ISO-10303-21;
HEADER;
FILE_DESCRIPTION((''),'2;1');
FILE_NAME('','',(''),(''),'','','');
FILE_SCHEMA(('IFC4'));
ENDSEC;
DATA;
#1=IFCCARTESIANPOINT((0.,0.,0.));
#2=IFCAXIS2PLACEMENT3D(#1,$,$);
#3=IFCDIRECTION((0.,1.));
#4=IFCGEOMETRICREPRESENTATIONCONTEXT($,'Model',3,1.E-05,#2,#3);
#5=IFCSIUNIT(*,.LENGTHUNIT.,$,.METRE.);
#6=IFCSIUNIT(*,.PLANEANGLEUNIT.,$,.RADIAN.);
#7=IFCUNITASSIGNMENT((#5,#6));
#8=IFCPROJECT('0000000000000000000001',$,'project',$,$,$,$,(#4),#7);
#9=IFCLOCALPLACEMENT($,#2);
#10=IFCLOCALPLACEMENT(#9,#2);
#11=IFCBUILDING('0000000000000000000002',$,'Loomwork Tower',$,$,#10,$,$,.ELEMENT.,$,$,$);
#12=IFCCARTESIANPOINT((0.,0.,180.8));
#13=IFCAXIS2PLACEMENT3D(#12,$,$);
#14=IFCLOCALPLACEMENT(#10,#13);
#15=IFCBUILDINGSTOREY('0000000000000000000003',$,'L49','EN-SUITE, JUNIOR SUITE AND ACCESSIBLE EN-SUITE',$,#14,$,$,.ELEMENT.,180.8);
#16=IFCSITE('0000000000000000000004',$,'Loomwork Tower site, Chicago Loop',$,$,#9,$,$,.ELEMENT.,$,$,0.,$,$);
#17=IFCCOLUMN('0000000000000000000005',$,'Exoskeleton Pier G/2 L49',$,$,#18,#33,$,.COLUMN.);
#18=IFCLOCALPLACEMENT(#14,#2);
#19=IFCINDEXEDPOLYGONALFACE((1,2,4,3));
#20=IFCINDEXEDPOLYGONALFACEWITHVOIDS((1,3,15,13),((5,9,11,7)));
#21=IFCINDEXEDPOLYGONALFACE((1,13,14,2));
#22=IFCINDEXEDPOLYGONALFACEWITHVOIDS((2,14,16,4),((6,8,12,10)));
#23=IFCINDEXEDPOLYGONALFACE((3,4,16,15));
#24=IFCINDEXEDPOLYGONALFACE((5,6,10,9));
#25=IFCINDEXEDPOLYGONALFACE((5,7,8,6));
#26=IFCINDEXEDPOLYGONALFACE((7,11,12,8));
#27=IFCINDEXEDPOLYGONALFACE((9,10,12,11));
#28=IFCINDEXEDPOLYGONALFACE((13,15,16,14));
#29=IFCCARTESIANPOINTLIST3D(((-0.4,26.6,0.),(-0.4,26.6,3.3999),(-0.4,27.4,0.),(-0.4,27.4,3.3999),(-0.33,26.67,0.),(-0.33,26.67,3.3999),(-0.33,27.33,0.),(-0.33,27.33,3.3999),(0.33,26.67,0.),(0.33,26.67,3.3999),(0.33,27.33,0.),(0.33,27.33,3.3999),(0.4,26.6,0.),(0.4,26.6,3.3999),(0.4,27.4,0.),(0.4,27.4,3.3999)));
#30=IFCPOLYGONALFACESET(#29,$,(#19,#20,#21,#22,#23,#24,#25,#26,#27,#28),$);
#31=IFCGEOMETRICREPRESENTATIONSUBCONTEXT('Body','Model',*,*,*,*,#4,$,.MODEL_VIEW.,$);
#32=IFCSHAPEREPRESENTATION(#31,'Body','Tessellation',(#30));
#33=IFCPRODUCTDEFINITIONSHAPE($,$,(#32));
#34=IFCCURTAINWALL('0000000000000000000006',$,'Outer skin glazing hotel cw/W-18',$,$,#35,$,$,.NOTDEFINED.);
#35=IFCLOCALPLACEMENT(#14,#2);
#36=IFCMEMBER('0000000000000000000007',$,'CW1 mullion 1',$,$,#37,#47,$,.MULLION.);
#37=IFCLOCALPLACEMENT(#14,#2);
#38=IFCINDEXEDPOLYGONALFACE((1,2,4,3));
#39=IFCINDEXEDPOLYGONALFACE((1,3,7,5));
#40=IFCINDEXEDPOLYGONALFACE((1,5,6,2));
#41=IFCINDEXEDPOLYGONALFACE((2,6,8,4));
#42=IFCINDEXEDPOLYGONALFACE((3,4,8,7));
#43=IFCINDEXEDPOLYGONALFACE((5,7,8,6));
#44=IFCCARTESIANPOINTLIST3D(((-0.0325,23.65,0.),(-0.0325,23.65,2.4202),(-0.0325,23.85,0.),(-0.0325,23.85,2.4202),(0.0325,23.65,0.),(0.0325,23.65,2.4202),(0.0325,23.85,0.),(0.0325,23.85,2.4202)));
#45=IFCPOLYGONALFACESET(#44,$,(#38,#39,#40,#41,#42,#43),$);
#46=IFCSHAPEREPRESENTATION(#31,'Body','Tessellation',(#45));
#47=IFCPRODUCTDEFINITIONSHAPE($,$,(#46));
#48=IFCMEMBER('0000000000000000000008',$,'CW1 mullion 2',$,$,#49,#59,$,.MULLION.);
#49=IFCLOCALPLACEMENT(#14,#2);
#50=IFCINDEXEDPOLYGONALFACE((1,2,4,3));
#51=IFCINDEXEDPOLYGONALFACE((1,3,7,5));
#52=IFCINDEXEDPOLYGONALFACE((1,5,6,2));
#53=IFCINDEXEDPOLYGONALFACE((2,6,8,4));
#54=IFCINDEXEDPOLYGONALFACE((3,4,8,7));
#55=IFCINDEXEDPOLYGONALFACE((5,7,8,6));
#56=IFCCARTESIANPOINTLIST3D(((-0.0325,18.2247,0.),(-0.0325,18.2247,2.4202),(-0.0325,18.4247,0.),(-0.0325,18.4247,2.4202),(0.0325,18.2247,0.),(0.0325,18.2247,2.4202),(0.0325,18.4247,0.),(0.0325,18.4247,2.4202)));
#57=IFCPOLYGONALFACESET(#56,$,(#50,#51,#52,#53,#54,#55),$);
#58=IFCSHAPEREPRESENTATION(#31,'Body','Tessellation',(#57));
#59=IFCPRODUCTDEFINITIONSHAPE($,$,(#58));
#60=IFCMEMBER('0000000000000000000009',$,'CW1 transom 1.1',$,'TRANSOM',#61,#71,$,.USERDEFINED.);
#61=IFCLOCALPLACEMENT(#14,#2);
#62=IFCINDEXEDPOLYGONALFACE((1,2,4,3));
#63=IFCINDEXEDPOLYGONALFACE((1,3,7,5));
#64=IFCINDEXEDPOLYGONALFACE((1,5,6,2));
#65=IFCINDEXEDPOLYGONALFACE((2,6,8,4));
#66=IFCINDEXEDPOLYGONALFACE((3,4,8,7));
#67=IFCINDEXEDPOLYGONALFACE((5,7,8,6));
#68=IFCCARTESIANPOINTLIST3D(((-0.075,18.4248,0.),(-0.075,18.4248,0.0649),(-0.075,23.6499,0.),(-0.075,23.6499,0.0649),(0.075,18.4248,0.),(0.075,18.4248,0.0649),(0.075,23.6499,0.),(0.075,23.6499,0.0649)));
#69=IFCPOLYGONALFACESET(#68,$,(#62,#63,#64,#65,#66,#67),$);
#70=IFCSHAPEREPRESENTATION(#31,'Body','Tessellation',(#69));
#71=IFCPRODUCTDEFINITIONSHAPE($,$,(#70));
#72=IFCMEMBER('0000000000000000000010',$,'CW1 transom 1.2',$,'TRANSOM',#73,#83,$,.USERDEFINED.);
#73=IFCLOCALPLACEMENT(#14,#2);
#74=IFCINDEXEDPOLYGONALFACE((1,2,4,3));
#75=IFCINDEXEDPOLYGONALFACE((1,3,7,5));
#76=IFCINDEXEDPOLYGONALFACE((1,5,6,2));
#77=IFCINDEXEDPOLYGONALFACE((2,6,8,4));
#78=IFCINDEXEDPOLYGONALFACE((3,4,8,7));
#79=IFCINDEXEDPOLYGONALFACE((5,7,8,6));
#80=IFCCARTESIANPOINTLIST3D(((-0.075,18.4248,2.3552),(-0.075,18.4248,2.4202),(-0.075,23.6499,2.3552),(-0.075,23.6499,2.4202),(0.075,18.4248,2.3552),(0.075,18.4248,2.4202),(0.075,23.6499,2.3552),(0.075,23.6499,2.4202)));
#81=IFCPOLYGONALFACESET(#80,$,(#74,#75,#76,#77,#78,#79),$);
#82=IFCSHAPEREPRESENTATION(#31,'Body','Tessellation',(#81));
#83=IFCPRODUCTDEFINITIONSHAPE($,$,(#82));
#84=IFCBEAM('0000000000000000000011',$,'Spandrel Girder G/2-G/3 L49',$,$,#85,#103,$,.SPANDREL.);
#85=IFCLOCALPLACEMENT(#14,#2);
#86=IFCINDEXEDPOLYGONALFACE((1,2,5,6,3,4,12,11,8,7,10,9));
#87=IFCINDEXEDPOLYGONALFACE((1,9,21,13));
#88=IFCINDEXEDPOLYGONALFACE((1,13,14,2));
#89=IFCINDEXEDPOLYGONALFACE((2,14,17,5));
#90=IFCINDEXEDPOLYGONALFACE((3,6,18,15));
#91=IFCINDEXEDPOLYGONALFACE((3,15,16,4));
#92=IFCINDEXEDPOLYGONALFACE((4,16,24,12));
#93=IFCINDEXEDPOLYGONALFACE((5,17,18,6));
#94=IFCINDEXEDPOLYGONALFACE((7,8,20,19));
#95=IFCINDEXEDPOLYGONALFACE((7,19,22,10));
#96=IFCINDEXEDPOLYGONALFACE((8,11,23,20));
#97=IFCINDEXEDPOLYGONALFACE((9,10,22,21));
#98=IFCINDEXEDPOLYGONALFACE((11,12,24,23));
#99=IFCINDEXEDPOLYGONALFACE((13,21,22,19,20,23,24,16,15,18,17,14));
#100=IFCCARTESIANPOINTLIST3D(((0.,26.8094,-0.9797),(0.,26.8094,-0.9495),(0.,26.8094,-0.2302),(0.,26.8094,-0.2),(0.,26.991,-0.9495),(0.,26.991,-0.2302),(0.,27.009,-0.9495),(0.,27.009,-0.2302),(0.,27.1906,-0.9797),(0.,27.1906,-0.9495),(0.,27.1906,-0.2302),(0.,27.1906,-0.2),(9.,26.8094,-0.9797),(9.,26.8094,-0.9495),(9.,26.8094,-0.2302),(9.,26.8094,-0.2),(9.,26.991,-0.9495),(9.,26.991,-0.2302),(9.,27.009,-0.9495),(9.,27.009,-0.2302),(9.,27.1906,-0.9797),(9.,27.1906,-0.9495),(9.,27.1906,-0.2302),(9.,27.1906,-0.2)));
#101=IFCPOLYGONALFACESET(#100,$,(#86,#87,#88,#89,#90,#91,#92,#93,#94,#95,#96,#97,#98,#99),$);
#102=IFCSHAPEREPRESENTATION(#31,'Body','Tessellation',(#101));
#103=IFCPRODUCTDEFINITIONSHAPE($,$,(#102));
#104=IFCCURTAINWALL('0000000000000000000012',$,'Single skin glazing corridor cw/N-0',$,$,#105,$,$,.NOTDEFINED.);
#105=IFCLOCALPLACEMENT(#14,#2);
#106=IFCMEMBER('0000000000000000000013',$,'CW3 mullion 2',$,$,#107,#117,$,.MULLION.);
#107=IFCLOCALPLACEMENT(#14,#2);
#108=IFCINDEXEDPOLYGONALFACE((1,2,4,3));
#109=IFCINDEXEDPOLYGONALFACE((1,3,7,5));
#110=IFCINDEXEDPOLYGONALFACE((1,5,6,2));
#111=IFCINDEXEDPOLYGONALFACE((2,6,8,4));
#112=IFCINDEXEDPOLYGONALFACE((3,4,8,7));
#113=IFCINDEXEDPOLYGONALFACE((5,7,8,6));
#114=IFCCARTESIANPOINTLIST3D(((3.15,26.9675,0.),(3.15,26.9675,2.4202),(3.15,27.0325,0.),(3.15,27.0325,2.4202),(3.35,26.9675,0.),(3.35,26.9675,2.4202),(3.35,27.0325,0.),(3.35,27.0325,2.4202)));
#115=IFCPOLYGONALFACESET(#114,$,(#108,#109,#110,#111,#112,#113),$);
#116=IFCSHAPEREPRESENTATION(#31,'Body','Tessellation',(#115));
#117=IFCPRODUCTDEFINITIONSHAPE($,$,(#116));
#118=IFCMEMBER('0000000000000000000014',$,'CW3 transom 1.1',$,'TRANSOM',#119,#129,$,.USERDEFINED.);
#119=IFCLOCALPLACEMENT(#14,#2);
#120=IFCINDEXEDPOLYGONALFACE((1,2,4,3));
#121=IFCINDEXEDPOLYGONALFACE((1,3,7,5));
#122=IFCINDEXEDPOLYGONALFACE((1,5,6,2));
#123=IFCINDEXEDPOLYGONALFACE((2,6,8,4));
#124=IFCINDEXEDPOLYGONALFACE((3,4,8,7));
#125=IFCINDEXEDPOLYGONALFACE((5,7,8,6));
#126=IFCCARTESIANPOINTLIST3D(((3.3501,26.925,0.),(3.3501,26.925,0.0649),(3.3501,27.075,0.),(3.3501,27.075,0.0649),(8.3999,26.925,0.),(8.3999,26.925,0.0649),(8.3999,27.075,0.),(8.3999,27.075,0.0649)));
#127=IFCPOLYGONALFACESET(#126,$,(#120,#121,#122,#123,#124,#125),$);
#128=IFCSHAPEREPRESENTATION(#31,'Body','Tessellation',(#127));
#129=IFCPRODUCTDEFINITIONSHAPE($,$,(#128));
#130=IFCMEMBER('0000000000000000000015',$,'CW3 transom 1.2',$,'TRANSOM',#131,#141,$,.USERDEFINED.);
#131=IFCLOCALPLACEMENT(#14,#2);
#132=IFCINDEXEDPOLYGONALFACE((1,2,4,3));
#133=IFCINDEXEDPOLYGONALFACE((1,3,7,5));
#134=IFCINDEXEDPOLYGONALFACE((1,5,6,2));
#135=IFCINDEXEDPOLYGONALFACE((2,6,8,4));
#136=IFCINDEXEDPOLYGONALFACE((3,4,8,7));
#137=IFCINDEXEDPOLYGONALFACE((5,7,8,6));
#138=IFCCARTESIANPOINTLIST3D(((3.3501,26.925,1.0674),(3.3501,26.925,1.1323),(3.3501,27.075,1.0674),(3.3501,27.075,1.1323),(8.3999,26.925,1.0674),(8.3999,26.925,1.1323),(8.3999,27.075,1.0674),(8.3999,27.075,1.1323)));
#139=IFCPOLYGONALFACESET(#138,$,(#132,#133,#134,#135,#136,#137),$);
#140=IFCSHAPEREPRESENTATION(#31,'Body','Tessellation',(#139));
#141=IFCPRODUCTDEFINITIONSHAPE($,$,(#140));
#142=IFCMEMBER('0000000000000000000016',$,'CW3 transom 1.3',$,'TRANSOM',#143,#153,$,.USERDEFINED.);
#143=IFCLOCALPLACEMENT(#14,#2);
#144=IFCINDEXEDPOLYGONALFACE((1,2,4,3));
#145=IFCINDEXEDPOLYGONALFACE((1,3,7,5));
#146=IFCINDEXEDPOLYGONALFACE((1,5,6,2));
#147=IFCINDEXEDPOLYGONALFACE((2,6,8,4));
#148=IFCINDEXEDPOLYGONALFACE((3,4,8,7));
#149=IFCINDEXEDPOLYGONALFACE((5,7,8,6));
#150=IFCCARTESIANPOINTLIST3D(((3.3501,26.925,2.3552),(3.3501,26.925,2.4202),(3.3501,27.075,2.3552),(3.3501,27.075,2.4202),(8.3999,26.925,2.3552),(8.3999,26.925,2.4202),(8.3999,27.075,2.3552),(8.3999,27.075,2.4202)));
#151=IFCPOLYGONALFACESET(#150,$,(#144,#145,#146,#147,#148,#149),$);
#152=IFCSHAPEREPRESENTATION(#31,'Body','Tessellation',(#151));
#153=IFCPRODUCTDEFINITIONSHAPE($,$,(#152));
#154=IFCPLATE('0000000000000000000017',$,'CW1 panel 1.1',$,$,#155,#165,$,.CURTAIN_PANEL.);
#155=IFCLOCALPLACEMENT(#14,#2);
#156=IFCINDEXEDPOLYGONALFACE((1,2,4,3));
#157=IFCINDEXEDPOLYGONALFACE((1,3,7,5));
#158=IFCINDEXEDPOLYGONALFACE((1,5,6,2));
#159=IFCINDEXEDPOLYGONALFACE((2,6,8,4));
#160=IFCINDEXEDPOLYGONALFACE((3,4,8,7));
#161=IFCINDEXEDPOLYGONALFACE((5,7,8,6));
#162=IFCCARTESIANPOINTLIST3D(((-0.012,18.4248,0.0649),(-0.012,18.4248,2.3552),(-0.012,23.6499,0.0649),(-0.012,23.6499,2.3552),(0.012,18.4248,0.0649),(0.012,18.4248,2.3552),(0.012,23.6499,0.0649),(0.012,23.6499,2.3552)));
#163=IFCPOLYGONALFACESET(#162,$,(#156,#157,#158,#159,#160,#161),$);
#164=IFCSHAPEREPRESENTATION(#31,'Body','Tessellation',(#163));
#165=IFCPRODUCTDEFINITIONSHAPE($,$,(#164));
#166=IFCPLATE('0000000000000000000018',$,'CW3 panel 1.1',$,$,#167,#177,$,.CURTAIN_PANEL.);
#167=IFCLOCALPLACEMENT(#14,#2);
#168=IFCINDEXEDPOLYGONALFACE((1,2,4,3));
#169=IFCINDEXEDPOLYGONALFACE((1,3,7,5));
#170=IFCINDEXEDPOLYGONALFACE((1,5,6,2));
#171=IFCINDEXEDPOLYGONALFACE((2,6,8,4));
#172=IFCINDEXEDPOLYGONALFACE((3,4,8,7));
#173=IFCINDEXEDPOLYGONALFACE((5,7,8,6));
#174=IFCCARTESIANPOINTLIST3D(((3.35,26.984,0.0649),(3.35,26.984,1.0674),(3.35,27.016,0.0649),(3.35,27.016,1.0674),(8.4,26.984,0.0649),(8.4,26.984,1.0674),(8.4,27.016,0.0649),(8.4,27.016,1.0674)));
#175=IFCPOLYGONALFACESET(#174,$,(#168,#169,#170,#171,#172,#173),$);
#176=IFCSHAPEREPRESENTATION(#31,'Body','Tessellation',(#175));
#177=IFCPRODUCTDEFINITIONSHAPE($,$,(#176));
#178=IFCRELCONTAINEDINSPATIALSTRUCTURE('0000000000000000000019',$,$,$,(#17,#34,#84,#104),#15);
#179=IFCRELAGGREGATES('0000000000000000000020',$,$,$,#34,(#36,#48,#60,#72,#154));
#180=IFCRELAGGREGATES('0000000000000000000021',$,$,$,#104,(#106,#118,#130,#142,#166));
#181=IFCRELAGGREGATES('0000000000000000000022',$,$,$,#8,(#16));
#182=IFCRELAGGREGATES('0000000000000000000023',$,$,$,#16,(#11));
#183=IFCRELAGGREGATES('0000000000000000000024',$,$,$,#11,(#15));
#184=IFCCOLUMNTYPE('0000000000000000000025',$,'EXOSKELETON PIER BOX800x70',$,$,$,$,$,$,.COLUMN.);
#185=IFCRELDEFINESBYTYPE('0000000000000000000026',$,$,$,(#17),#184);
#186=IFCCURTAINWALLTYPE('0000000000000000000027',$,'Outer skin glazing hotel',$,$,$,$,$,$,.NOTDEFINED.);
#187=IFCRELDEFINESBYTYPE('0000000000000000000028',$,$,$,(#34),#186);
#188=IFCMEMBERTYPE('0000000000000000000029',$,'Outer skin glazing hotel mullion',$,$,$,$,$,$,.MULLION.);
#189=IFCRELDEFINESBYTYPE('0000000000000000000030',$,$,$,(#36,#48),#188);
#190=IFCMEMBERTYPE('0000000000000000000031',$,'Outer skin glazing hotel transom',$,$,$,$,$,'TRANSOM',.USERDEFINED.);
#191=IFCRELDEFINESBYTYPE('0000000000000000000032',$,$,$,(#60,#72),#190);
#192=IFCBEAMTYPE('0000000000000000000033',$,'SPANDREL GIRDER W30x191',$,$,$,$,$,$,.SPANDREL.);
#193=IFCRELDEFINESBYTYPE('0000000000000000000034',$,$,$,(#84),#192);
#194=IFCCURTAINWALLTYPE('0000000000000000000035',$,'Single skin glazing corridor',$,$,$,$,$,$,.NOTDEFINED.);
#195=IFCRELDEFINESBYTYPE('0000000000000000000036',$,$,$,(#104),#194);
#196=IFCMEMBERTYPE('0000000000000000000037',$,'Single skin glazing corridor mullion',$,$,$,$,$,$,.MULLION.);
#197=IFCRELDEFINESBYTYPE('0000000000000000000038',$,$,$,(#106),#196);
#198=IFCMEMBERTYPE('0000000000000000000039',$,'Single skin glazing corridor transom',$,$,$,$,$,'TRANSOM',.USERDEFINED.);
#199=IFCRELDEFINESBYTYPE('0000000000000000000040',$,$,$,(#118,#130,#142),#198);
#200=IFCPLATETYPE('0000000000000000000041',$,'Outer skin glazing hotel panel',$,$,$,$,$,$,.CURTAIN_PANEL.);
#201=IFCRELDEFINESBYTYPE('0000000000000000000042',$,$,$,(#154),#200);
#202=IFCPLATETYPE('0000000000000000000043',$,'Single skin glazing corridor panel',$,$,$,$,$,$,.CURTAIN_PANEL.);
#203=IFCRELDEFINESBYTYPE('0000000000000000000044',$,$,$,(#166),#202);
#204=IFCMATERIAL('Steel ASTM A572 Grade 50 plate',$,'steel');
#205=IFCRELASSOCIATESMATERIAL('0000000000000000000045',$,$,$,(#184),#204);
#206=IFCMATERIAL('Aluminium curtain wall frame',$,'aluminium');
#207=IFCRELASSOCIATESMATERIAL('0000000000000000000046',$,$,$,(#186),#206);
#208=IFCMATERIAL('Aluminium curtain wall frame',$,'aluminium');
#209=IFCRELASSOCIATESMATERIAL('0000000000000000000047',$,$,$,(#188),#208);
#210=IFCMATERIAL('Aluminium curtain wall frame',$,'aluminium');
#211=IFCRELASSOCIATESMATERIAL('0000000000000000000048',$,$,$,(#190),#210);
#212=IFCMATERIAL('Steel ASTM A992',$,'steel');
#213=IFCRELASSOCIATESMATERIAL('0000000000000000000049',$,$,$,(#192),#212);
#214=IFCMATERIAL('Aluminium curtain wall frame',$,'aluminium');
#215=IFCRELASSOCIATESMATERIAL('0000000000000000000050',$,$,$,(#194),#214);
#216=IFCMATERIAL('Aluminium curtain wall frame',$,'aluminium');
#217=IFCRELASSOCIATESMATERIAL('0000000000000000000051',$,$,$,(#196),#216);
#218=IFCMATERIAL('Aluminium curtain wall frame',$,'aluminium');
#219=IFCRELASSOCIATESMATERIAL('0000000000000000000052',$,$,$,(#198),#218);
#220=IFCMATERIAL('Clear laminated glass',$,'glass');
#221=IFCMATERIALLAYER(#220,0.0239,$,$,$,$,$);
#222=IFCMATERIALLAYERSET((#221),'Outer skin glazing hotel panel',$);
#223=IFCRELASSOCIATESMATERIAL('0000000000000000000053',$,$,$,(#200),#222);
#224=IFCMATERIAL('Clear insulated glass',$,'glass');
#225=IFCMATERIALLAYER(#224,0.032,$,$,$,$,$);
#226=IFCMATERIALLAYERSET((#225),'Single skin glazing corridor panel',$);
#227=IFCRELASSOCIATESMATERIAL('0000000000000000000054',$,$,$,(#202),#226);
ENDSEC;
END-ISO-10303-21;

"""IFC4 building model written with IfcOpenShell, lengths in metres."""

from ifc_helpers import new_model, si_unit, direction, frame, origin, origin_2d, place, context, subcontext, project, spatial, rectangle, hollow_rectangle, i_section, extrude, material, layer, layer_set, material_profile, profile_set, type_object, element, aggregate, save


model = new_model("IFC4")

# Units and contexts
model_context = context("Model", 3, precision=1e-05, world=origin(), true_north=direction((0.0, 1.0)))
body_context = subcontext(model_context, "Body", "Model", "MODEL_VIEW")
ifc_project = project(units=[si_unit("LENGTHUNIT", "METRE"), si_unit("PLANEANGLEUNIT", "RADIAN")], contexts=[model_context])

# Site, building, storey
site_placement = place(None, origin())
site = spatial("IfcSite", under=ifc_project, at=site_placement, Name="Loomwork Tower site, Chicago Loop", CompositionType="ELEMENT", RefElevation=0.0)
building_placement = place(site_placement, origin())
building = spatial("IfcBuilding", under=site, at=building_placement, Name="Loomwork Tower", CompositionType="ELEMENT")
storey_placement = place(building_placement, frame((0.0, 0.0, 180.8)))
storey = spatial("IfcBuildingStorey", under=building, at=storey_placement, Name="L49", Description="EN-SUITE, JUNIOR SUITE AND ACCESSIBLE EN-SUITE", CompositionType="ELEMENT", Elevation=180.8)

# Column
ifc_material_1 = material(Name="Steel ASTM A572 Grade 50 plate", Category="steel")
ifc_material_profile_1 = material_profile(ifc_material_1, hollow_rectangle(XDim=0.8, YDim=0.8, WallThickness=0.0701, at=origin_2d()), Name="BOX800x70")
ifc_profile_set_1 = profile_set([ifc_material_profile_1], Name="Steel ASTM A572 Grade 50 plate")
column_type = type_object("IfcColumnType", Name="EXOSKELETON PIER BOX800x70", PredefinedType="COLUMN", material=ifc_profile_set_1)
column_placement = place(storey_placement, frame((0.0, 27.0, 0.0), z_axis=(0.0, 0.0, 1.0), x_axis=(0.0, 1.0, 0.0)))
element("IfcColumn", 1, at=column_placement, inside=storey, type_object=column_type, Name="Exoskeleton Pier G/2 L49", PredefinedType="COLUMN", context=body_context, shape_type="SweptSolid", body=[
    extrude(hollow_rectangle(XDim=0.8, YDim=0.8, WallThickness=0.0701, at=origin_2d()), origin(), (0.0, 0.0, 1.0), 3.3999),
])

# Curtain wall, members
ifc_material_2 = material(Name="Aluminium curtain wall frame", Category="aluminium")
curtain_wall_type_1 = type_object("IfcCurtainWallType", Name="Outer skin glazing hotel", PredefinedType="NOTDEFINED", material=ifc_material_2)
curtain_wall_1_placement = place(storey_placement, origin())
curtain_wall_1 = element("IfcCurtainWall", 2, at=curtain_wall_1_placement, inside=storey, type_object=curtain_wall_type_1, Name="Outer skin glazing hotel cw/W-18", PredefinedType="NOTDEFINED")
ifc_material_3 = material(Name="Aluminium curtain wall frame", Category="aluminium")
ifc_material_profile_2 = material_profile(ifc_material_3, rectangle(XDim=0.0649, YDim=0.2, at=origin_2d()), Name="AL 65x200")
ifc_profile_set_2 = profile_set([ifc_material_profile_2], Name="Aluminium curtain wall frame")
member_type_1 = type_object("IfcMemberType", Name="Outer skin glazing hotel mullion", PredefinedType="MULLION", material=ifc_profile_set_2)
member_1_placement = place(storey_placement, frame((0.0, 23.75, 0.0), z_axis=(0.0, 0.0, 1.0), x_axis=(1.0, 0.0, 0.0)))
member_1 = element("IfcMember", 3, at=member_1_placement, type_object=member_type_1, Name="CW1 mullion 1", PredefinedType="MULLION", context=body_context, shape_type="SweptSolid", body=[
    extrude(rectangle(XDim=0.0649, YDim=0.2, at=origin_2d()), origin(), (0.0, 0.0, 1.0), 2.4202),
])
member_2_placement = place(storey_placement, frame((0.0, 18.3247, 0.0), z_axis=(0.0, 0.0, 1.0), x_axis=(1.0, 0.0, 0.0)))
member_2 = element("IfcMember", 4, at=member_2_placement, type_object=member_type_1, Name="CW1 mullion 2", PredefinedType="MULLION", context=body_context, shape_type="SweptSolid", body=[
    extrude(rectangle(XDim=0.0649, YDim=0.2, at=origin_2d()), origin(), (0.0, 0.0, 1.0), 2.4202),
])
ifc_material_4 = material(Name="Aluminium curtain wall frame", Category="aluminium")
ifc_material_profile_3 = material_profile(ifc_material_4, rectangle(XDim=0.1499, YDim=0.0649, at=origin_2d()), Name="AL 65x150")
ifc_profile_set_3 = profile_set([ifc_material_profile_3], Name="Aluminium curtain wall frame")
member_type_2 = type_object("IfcMemberType", Name="Outer skin glazing hotel transom", ElementType="TRANSOM", PredefinedType="USERDEFINED", material=ifc_profile_set_3)
member_3_placement = place(storey_placement, frame((0.0, 23.6499, 0.0325), z_axis=(0.0, -1.0, 0.0), x_axis=(1.0, 0.0, 0.0)))
member_3 = element("IfcMember", 5, at=member_3_placement, type_object=member_type_2, Name="CW1 transom 1.1", ObjectType="TRANSOM", PredefinedType="USERDEFINED", context=body_context, shape_type="SweptSolid", body=[
    extrude(rectangle(XDim=0.1499, YDim=0.0649, at=origin_2d()), origin(), (0.0, 0.0, 1.0), 5.2251),
])
member_4_placement = place(storey_placement, frame((0.0, 23.6499, 2.3877), z_axis=(0.0, -1.0, 0.0), x_axis=(1.0, 0.0, 0.0)))
member_4 = element("IfcMember", 6, at=member_4_placement, type_object=member_type_2, Name="CW1 transom 1.2", ObjectType="TRANSOM", PredefinedType="USERDEFINED", context=body_context, shape_type="SweptSolid", body=[
    extrude(rectangle(XDim=0.1499, YDim=0.0649, at=origin_2d()), origin(), (0.0, 0.0, 1.0), 5.2251),
])

# Beam
ifc_material_5 = material(Name="Steel ASTM A992", Category="steel")
ifc_material_profile_4 = material_profile(ifc_material_5, i_section(OverallWidth=0.3811, OverallDepth=0.7798, WebThickness=0.0181, FlangeThickness=0.0303, at=origin_2d()), Name="W30x191")
ifc_profile_set_4 = profile_set([ifc_material_profile_4], Name="Steel ASTM A992")
beam_type = type_object("IfcBeamType", Name="SPANDREL GIRDER W30x191", PredefinedType="SPANDREL", material=ifc_profile_set_4)
beam_placement = place(storey_placement, frame((0.0, 27.0, -0.5898), z_axis=(1.0, 0.0, 0.0), x_axis=(0.0, 1.0, 0.0)))
element("IfcBeam", 7, at=beam_placement, inside=storey, type_object=beam_type, Name="Spandrel Girder G/2-G/3 L49", PredefinedType="SPANDREL", context=body_context, shape_type="SweptSolid", body=[
    extrude(i_section(OverallWidth=0.3811, OverallDepth=0.7798, WebThickness=0.0181, FlangeThickness=0.0303, at=origin_2d()), origin(), (0.0, 0.0, 1.0), 9.0),
])

# Curtain wall, members
ifc_material_6 = material(Name="Aluminium curtain wall frame", Category="aluminium")
curtain_wall_type_2 = type_object("IfcCurtainWallType", Name="Single skin glazing corridor", PredefinedType="NOTDEFINED", material=ifc_material_6)
curtain_wall_2_placement = place(storey_placement, origin())
curtain_wall_2 = element("IfcCurtainWall", 8, at=curtain_wall_2_placement, inside=storey, type_object=curtain_wall_type_2, Name="Single skin glazing corridor cw/N-0", PredefinedType="NOTDEFINED")
ifc_material_7 = material(Name="Aluminium curtain wall frame", Category="aluminium")
ifc_material_profile_5 = material_profile(ifc_material_7, rectangle(XDim=0.0649, YDim=0.2, at=origin_2d()), Name="AL 65x200")
ifc_profile_set_5 = profile_set([ifc_material_profile_5], Name="Aluminium curtain wall frame")
member_type_3 = type_object("IfcMemberType", Name="Single skin glazing corridor mullion", PredefinedType="MULLION", material=ifc_profile_set_5)
member_5_placement = place(storey_placement, frame((3.25, 27.0, 0.0), z_axis=(0.0, 0.0, 1.0), x_axis=(0.0, -1.0, 0.0)))
member_5 = element("IfcMember", 9, at=member_5_placement, type_object=member_type_3, Name="CW3 mullion 2", PredefinedType="MULLION", context=body_context, shape_type="SweptSolid", body=[
    extrude(rectangle(XDim=0.0649, YDim=0.2, at=origin_2d()), origin(), (0.0, 0.0, 1.0), 2.4202),
])
ifc_material_8 = material(Name="Aluminium curtain wall frame", Category="aluminium")
ifc_material_profile_6 = material_profile(ifc_material_8, rectangle(XDim=0.1499, YDim=0.0649, at=origin_2d()), Name="AL 65x150")
ifc_profile_set_6 = profile_set([ifc_material_profile_6], Name="Aluminium curtain wall frame")
member_type_4 = type_object("IfcMemberType", Name="Single skin glazing corridor transom", ElementType="TRANSOM", PredefinedType="USERDEFINED", material=ifc_profile_set_6)
member_6_placement = place(storey_placement, frame((8.3999, 27.0, 0.0325), z_axis=(-1.0, 0.0, 0.0), x_axis=(0.0, -1.0, 0.0)))
member_6 = element("IfcMember", 10, at=member_6_placement, type_object=member_type_4, Name="CW3 transom 1.1", ObjectType="TRANSOM", PredefinedType="USERDEFINED", context=body_context, shape_type="SweptSolid", body=[
    extrude(rectangle(XDim=0.1499, YDim=0.0649, at=origin_2d()), origin(), (0.0, 0.0, 1.0), 5.0498),
])
member_7_placement = place(storey_placement, frame((8.3999, 27.0, 1.0999), z_axis=(-1.0, 0.0, 0.0), x_axis=(0.0, -1.0, 0.0)))
member_7 = element("IfcMember", 11, at=member_7_placement, type_object=member_type_4, Name="CW3 transom 1.2", ObjectType="TRANSOM", PredefinedType="USERDEFINED", context=body_context, shape_type="SweptSolid", body=[
    extrude(rectangle(XDim=0.1499, YDim=0.0649, at=origin_2d()), origin(), (0.0, 0.0, 1.0), 5.0498),
])
member_8_placement = place(storey_placement, frame((8.3999, 27.0, 2.3877), z_axis=(-1.0, 0.0, 0.0), x_axis=(0.0, -1.0, 0.0)))
member_8 = element("IfcMember", 12, at=member_8_placement, type_object=member_type_4, Name="CW3 transom 1.3", ObjectType="TRANSOM", PredefinedType="USERDEFINED", context=body_context, shape_type="SweptSolid", body=[
    extrude(rectangle(XDim=0.1499, YDim=0.0649, at=origin_2d()), origin(), (0.0, 0.0, 1.0), 5.0498),
])

# Plates
ifc_material_9 = material(Name="Clear laminated glass", Category="glass")
ifc_layer_1 = layer(ifc_material_9, 0.0239)
ifc_layer_set_1 = layer_set([ifc_layer_1], Name="Outer skin glazing hotel panel")
plate_type_1 = type_object("IfcPlateType", Name="Outer skin glazing hotel panel", PredefinedType="CURTAIN_PANEL", material=ifc_layer_set_1)
plate_1_placement = place(storey_placement, frame((0.0, 21.0374, 0.0649), z_axis=(0.0, 0.0, 1.0), x_axis=(0.0, -1.0, 0.0)))
plate_1 = element("IfcPlate", 13, at=plate_1_placement, type_object=plate_type_1, Name="CW1 panel 1.1", PredefinedType="CURTAIN_PANEL", context=body_context, shape_type="SweptSolid", body=[
    extrude(rectangle(XDim=5.2251, YDim=0.0239, at=origin_2d()), origin(), (0.0, 0.0, 1.0), 2.2903),
])
aggregate(curtain_wall_1, [member_1, member_2, member_3, member_4, plate_1])
ifc_material_10 = material(Name="Clear insulated glass", Category="glass")
ifc_layer_2 = layer(ifc_material_10, 0.032)
ifc_layer_set_2 = layer_set([ifc_layer_2], Name="Single skin glazing corridor panel")
plate_type_2 = type_object("IfcPlateType", Name="Single skin glazing corridor panel", PredefinedType="CURTAIN_PANEL", material=ifc_layer_set_2)
plate_2_placement = place(storey_placement, frame((5.875, 27.0, 0.0649), z_axis=(0.0, 0.0, 1.0), x_axis=(-1.0, 0.0, 0.0)))
plate_2 = element("IfcPlate", 14, at=plate_2_placement, type_object=plate_type_2, Name="CW3 panel 1.1", PredefinedType="CURTAIN_PANEL", context=body_context, shape_type="SweptSolid", body=[
    extrude(rectangle(XDim=5.05, YDim=0.032, at=origin_2d()), origin(), (0.0, 0.0, 1.0), 1.0024),
])
aggregate(curtain_wall_2, [member_5, member_6, member_7, member_8, plate_2])

save(model, "model.ifc")
